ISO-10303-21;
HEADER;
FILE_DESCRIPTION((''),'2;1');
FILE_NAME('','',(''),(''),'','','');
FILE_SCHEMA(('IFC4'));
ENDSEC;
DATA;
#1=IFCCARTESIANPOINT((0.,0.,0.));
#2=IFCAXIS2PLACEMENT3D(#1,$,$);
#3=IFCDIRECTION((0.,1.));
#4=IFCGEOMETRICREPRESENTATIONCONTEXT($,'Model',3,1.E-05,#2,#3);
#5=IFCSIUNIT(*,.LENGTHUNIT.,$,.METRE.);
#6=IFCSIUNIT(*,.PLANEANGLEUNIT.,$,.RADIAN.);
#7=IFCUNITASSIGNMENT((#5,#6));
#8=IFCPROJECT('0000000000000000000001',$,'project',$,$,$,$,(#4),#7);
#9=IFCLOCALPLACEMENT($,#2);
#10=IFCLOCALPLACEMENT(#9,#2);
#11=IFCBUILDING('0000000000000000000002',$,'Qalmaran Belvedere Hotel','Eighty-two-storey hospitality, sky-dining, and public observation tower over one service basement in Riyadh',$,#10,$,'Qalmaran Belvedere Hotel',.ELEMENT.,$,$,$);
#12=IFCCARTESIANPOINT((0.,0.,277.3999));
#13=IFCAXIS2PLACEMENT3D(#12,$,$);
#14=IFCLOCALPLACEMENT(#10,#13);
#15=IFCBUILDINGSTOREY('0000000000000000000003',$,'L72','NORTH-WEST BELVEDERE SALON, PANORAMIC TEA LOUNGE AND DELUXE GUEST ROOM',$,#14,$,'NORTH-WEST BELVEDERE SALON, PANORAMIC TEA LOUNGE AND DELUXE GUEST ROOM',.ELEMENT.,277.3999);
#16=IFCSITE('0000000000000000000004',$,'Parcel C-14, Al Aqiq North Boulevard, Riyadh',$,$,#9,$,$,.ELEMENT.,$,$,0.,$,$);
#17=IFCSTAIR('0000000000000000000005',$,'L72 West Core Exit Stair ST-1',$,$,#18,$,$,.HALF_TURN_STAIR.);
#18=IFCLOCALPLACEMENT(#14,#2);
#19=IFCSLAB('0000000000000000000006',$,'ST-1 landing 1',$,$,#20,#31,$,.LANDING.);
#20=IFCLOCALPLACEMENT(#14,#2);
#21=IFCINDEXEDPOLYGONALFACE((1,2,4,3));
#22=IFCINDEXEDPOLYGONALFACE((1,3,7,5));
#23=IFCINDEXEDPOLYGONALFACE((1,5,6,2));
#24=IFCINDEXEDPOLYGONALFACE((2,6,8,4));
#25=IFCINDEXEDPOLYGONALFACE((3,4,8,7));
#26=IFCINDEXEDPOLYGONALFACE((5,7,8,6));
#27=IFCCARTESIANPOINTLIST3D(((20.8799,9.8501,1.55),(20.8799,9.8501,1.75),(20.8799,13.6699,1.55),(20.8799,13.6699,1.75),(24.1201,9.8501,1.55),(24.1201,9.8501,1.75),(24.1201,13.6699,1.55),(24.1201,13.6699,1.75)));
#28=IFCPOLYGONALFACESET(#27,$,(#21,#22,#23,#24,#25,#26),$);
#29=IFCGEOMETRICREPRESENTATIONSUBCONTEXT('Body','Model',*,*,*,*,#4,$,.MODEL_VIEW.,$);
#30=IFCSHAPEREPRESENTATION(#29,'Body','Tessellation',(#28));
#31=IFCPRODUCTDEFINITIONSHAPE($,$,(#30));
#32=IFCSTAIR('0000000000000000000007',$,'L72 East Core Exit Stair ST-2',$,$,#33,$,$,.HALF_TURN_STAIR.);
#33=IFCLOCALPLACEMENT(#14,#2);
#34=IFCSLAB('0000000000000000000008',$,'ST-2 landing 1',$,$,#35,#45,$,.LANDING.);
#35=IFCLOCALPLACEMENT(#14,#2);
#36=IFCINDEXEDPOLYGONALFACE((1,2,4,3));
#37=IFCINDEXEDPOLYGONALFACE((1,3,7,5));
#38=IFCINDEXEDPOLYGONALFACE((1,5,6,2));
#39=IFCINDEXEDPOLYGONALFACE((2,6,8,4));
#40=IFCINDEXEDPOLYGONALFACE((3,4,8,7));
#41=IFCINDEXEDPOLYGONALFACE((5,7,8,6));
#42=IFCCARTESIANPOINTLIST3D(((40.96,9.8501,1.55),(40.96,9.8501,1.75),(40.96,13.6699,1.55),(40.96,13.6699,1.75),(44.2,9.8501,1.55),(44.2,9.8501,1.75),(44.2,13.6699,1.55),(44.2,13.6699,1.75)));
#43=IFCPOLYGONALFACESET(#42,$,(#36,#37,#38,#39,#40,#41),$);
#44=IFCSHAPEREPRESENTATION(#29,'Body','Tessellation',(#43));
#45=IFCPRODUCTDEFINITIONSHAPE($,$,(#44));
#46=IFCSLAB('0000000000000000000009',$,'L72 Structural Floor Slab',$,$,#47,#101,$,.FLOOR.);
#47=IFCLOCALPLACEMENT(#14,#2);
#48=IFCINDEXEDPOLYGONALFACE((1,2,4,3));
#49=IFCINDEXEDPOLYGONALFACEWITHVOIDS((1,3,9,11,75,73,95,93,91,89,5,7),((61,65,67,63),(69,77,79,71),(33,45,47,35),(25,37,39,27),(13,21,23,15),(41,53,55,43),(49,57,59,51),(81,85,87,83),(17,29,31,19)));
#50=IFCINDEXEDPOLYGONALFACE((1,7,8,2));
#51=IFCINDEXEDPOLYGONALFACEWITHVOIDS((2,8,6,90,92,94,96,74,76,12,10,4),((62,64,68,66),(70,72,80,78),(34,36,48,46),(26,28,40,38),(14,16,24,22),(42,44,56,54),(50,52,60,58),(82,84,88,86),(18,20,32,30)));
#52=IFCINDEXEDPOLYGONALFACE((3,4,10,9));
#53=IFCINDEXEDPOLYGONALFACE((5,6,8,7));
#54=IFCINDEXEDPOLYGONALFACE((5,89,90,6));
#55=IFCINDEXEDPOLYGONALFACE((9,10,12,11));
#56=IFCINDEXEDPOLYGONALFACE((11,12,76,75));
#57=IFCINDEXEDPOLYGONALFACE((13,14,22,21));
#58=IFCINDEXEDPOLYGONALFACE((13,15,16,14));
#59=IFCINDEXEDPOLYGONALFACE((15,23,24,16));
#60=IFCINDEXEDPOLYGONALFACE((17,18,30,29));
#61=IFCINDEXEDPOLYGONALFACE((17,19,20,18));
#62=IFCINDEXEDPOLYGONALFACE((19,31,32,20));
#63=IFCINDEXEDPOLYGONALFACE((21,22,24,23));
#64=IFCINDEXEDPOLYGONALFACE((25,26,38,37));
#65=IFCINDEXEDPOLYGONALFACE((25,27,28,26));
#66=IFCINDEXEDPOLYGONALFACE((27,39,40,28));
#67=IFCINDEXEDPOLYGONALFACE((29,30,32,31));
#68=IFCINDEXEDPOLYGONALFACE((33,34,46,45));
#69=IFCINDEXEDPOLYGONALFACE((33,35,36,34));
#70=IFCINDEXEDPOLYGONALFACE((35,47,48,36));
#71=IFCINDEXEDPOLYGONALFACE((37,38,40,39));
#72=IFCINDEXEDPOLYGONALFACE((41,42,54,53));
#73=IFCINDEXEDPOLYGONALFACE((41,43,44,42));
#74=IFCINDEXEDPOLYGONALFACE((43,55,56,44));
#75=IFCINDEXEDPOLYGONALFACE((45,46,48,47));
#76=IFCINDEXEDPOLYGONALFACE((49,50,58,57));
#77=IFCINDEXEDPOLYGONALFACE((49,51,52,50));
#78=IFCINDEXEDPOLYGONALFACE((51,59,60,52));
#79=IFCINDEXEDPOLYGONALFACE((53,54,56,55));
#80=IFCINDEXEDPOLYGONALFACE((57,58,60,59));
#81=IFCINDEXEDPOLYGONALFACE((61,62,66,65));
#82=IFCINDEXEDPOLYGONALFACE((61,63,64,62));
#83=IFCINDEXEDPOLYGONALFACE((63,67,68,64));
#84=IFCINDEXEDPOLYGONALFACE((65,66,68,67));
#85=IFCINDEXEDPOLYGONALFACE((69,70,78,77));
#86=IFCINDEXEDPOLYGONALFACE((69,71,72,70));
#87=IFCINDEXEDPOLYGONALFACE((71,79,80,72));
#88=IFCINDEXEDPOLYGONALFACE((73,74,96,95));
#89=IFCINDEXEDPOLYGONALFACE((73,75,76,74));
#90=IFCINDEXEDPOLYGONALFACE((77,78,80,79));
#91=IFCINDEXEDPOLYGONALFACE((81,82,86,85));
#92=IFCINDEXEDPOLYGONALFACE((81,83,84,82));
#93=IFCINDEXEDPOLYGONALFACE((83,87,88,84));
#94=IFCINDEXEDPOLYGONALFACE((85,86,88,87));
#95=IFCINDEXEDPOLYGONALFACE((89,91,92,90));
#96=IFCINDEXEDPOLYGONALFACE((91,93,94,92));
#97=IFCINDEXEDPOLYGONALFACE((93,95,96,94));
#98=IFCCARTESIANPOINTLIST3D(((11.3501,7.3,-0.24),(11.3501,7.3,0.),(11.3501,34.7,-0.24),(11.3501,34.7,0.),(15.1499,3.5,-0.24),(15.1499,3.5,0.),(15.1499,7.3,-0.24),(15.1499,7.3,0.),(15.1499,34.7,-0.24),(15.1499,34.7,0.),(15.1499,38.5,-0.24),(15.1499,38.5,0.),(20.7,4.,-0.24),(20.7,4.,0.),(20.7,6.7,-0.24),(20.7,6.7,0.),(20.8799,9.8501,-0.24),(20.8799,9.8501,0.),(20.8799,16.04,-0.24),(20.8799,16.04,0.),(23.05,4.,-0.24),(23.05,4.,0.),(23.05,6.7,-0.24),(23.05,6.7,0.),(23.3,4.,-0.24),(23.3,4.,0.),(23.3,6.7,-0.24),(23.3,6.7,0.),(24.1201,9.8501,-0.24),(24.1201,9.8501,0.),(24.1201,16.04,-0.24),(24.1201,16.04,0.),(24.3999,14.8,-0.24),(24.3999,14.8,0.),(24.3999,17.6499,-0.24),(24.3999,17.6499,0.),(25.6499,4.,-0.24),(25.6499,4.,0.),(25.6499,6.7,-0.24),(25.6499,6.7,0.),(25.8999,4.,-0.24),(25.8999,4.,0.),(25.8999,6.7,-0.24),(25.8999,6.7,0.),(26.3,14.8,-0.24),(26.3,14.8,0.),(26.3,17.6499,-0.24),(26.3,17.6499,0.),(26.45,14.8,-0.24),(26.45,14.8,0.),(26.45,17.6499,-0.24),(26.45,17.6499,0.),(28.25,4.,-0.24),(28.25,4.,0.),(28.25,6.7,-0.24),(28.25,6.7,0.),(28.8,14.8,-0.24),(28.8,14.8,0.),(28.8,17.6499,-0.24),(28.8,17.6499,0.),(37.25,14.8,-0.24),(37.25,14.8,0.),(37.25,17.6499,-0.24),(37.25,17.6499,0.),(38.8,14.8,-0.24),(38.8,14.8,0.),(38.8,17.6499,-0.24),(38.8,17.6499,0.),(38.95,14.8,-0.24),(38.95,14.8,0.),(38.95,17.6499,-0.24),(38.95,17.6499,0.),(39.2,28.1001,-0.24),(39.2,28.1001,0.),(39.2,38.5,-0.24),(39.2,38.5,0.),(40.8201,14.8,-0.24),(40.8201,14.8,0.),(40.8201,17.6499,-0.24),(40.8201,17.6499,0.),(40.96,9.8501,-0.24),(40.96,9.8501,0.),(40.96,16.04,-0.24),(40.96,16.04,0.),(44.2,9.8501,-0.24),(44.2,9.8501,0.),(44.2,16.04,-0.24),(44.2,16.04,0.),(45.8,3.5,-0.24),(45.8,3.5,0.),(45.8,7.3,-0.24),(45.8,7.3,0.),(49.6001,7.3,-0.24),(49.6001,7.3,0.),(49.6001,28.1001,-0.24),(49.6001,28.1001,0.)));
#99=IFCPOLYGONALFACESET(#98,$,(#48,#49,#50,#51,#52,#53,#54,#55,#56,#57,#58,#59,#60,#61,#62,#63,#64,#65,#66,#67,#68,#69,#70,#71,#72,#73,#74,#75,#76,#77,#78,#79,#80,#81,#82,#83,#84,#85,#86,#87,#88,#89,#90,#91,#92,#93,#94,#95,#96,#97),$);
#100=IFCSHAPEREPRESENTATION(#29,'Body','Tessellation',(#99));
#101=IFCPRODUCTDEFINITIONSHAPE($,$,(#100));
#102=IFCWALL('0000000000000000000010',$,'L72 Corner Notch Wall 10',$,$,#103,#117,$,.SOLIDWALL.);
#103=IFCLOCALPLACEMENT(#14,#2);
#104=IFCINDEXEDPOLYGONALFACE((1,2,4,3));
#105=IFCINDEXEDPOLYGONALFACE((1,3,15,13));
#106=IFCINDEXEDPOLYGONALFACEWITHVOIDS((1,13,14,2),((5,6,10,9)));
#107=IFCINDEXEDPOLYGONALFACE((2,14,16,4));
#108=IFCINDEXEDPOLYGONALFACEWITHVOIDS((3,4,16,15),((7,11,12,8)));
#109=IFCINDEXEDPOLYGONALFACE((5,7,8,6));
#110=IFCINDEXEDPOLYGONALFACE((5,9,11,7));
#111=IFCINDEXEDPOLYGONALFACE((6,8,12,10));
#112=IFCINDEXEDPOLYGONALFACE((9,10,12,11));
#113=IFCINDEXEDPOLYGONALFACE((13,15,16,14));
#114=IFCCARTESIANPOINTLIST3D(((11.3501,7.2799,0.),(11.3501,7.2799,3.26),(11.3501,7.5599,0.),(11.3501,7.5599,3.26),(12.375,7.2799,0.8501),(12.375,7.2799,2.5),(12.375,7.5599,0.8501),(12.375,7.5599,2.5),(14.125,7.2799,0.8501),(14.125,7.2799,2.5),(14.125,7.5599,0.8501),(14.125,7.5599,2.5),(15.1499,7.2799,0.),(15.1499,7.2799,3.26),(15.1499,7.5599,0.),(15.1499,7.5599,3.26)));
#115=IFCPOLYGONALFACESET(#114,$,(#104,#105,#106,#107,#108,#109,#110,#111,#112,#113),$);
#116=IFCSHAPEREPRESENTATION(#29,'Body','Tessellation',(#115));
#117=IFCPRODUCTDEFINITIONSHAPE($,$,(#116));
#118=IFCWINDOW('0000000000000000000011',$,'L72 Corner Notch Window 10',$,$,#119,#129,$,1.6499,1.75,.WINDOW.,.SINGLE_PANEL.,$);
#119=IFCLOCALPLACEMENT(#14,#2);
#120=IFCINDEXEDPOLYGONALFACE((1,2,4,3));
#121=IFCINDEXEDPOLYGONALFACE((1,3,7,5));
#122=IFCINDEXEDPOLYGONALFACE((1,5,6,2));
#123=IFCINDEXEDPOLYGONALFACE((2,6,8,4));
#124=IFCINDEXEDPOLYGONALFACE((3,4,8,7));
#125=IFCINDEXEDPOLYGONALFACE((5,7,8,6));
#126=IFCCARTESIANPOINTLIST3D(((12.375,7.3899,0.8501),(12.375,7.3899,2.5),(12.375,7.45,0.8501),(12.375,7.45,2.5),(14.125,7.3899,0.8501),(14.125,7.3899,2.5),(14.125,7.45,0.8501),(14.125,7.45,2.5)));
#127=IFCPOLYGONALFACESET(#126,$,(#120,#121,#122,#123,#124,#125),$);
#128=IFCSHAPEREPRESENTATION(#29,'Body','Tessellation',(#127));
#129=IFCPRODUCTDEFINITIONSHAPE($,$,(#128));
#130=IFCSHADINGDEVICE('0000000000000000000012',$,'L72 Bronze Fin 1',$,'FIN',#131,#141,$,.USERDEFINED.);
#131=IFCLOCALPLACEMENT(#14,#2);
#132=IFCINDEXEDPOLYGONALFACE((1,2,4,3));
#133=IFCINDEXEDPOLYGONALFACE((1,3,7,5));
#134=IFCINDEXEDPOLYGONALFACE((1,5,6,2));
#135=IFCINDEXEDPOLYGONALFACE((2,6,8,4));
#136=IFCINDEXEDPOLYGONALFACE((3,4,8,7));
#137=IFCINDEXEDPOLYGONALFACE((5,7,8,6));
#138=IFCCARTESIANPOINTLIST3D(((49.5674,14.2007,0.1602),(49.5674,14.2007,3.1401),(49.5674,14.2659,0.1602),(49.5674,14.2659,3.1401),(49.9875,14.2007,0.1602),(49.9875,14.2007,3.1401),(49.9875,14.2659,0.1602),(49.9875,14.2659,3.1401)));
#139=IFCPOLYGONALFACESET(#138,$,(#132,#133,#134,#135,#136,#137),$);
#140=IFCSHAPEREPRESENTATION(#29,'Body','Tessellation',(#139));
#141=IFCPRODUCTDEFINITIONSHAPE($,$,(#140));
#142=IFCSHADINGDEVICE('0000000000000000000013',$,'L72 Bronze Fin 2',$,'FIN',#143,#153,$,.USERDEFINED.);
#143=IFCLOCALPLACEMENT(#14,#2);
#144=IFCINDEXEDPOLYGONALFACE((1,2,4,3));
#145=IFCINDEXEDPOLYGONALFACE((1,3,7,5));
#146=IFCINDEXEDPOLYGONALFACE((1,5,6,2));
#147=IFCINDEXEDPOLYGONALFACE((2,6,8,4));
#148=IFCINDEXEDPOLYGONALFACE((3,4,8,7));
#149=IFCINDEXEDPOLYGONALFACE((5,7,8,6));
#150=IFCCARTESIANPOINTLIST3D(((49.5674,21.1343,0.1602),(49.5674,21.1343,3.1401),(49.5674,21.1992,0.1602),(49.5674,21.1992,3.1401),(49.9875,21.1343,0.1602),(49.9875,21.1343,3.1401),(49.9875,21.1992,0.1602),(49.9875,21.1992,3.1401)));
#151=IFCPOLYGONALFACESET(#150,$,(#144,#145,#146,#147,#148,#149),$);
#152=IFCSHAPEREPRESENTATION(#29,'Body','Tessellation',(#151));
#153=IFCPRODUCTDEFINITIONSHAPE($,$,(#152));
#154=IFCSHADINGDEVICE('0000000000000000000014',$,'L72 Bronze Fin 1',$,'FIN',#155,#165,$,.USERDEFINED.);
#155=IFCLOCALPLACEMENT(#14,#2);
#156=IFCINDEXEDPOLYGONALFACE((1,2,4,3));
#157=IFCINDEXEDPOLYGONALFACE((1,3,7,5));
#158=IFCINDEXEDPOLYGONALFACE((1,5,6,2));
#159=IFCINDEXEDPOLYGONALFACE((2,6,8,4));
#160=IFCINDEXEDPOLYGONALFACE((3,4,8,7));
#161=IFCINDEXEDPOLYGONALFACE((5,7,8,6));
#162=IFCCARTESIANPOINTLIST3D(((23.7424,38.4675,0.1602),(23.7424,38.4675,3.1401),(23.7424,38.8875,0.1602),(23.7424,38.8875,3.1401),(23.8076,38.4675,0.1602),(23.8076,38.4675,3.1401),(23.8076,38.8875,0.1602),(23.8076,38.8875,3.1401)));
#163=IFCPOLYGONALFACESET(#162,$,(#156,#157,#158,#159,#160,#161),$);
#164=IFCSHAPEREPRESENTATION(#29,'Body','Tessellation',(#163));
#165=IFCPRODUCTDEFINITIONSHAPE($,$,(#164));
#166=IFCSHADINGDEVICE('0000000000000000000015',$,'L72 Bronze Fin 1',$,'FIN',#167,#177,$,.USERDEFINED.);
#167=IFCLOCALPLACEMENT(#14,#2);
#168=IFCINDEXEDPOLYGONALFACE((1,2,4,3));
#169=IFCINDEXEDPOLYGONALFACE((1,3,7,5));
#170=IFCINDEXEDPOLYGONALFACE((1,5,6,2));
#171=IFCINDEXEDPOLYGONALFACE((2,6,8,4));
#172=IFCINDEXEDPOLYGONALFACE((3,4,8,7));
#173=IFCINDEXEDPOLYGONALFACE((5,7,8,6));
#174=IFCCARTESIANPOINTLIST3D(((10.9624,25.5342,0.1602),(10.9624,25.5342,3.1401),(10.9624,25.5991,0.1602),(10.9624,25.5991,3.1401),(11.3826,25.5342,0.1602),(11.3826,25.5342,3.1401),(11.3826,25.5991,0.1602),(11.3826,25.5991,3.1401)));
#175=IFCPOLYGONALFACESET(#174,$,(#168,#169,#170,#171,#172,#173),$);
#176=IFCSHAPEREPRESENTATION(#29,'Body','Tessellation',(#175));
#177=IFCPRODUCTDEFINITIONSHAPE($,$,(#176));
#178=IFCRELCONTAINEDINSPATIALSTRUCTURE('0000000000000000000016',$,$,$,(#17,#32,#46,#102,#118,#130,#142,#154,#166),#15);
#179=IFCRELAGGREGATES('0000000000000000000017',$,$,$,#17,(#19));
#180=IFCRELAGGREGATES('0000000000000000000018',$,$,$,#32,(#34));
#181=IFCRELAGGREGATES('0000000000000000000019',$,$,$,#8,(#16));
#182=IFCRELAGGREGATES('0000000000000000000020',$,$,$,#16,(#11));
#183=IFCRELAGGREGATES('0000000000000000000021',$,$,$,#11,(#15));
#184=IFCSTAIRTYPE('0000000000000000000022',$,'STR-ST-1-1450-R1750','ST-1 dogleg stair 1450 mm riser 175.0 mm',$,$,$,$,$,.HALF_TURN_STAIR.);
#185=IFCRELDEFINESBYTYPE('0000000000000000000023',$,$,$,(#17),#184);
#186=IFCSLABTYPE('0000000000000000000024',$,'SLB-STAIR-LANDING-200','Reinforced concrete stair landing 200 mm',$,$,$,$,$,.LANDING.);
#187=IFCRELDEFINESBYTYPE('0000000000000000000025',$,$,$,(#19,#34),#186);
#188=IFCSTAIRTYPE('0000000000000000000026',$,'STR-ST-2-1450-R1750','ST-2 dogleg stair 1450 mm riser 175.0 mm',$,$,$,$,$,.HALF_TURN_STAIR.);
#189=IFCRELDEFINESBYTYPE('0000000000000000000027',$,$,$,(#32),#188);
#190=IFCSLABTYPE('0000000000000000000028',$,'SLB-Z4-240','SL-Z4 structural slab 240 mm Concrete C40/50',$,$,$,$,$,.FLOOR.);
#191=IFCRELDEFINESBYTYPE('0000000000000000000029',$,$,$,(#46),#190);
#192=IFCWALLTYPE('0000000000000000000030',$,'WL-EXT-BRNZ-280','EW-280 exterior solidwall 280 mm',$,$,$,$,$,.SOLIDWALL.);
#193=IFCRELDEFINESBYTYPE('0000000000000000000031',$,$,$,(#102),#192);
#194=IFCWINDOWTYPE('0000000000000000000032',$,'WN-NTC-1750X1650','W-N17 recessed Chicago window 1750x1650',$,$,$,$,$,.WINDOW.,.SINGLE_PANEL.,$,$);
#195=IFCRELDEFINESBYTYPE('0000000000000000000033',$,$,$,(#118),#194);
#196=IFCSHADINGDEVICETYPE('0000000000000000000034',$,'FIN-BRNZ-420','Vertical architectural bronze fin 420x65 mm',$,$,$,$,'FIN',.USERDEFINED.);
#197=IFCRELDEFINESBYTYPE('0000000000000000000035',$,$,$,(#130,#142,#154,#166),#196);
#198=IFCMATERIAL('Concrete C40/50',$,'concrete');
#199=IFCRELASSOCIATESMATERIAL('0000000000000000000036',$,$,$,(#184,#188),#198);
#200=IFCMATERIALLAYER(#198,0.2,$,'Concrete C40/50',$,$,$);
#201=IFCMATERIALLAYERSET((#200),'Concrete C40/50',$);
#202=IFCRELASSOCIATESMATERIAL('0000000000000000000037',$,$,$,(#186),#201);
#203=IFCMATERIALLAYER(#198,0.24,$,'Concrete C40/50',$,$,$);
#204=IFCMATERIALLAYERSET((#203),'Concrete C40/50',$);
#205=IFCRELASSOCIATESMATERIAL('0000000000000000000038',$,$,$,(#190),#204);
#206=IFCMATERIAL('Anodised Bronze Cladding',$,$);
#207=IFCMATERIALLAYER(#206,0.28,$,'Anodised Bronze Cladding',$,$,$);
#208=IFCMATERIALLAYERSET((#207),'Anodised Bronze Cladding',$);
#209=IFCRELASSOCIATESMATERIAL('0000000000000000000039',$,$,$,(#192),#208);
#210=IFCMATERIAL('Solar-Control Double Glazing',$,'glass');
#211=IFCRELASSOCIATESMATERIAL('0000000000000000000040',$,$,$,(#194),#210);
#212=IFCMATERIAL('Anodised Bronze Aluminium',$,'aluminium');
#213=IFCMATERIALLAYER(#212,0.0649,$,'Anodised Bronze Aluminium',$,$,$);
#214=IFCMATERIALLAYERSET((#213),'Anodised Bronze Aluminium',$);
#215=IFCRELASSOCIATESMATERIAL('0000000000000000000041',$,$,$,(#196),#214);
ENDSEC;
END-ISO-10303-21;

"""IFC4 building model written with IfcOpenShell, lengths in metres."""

from ifc_helpers import new_model, si_unit, direction, frame, frame_2d, origin, place, context, subcontext, project, spatial, polyline, rectangle, outline, extrude, material, layer, layer_set, type_object, element, fill, aggregate, save


model = new_model("IFC4")

# Units and contexts
model_context = context("Model", 3, precision=1e-05, world=origin(), true_north=direction((0.0, 1.0)))
body_context = subcontext(model_context, "Body", "Model", "MODEL_VIEW")
ifc_project = project(units=[si_unit("LENGTHUNIT", "METRE"), si_unit("PLANEANGLEUNIT", "RADIAN")], contexts=[model_context])

# Site, building, storey
site_placement = place(None, origin())
site = spatial("IfcSite", under=ifc_project, at=site_placement, Name="Parcel C-14, Al Aqiq North Boulevard, Riyadh", CompositionType="ELEMENT", RefElevation=0.0)
building_placement = place(site_placement, origin())
building = spatial("IfcBuilding", under=site, at=building_placement, Name="Qalmaran Belvedere Hotel", Description="Eighty-two-storey hospitality, sky-dining, and public observation tower over one service basement in Riyadh", LongName="Qalmaran Belvedere Hotel", CompositionType="ELEMENT")
storey_placement = place(building_placement, frame((0.0, 0.0, 277.3999)))
storey = spatial("IfcBuildingStorey", under=building, at=storey_placement, Name="L72", Description="NORTH-WEST BELVEDERE SALON, PANORAMIC TEA LOUNGE AND DELUXE GUEST ROOM", LongName="NORTH-WEST BELVEDERE SALON, PANORAMIC TEA LOUNGE AND DELUXE GUEST ROOM", CompositionType="ELEMENT", Elevation=277.3999)

# Shared definitions
ifc_material_1 = material(Name="Anodised Bronze Aluminium", Category="aluminium")

# Shared definitions
ifc_material_2 = material(Name="Solar-Control Double Glazing", Category="glass")

# Shared definitions
ifc_material_3 = material(Name="Concrete C40/50", Category="concrete")

# Stairs, slabs
stair_type_1 = type_object("IfcStairType", Name="STR-ST-1-1450-R1750", Description="ST-1 dogleg stair 1450 mm riser 175.0 mm", PredefinedType="HALF_TURN_STAIR", material=ifc_material_3)
stair_1_placement = place(storey_placement, origin())
stair_1 = element("IfcStair", 1, at=stair_1_placement, inside=storey, type_object=stair_type_1, Name="L72 West Core Exit Stair ST-1", PredefinedType="HALF_TURN_STAIR")
ifc_layer_1 = layer(ifc_material_3, 0.2, Name="Concrete C40/50")
ifc_layer_set_1 = layer_set([ifc_layer_1], Name="Concrete C40/50")
slab_type_1 = type_object("IfcSlabType", Name="SLB-STAIR-LANDING-200", Description="Reinforced concrete stair landing 200 mm", PredefinedType="LANDING", material=ifc_layer_set_1)
slab_1_placement = place(storey_placement, frame((0.0, 0.0, 1.55)))
slab_1 = element("IfcSlab", 2, at=slab_1_placement, type_object=slab_type_1, Name="ST-1 landing 1", PredefinedType="LANDING", context=body_context, shape_type="SweptSolid", body=[
    extrude(outline(polyline([(20.8799, 13.6699), (20.8799, 9.8501), (24.1201, 9.8501), (24.1201, 13.6699), (20.8799, 13.6699)])), origin(), (0.0, 0.0, 1.0), 0.2),
])
aggregate(stair_1, [slab_1])
stair_type_2 = type_object("IfcStairType", Name="STR-ST-2-1450-R1750", Description="ST-2 dogleg stair 1450 mm riser 175.0 mm", PredefinedType="HALF_TURN_STAIR", material=ifc_material_3)
stair_2_placement = place(storey_placement, origin())
stair_2 = element("IfcStair", 3, at=stair_2_placement, inside=storey, type_object=stair_type_2, Name="L72 East Core Exit Stair ST-2", PredefinedType="HALF_TURN_STAIR")
slab_2_placement = place(storey_placement, frame((0.0, 0.0, 1.55)))
slab_2 = element("IfcSlab", 4, at=slab_2_placement, type_object=slab_type_1, Name="ST-2 landing 1", PredefinedType="LANDING", context=body_context, shape_type="SweptSolid", body=[
    extrude(outline(polyline([(40.96, 13.6699), (40.96, 9.8501), (44.2, 9.8501), (44.2, 13.6699), (40.96, 13.6699)])), origin(), (0.0, 0.0, 1.0), 0.2),
])
aggregate(stair_2, [slab_2])

# Slab
ifc_layer_2 = layer(ifc_material_3, 0.24, Name="Concrete C40/50")
ifc_layer_set_2 = layer_set([ifc_layer_2], Name="Concrete C40/50")
slab_type_2 = type_object("IfcSlabType", Name="SLB-Z4-240", Description="SL-Z4 structural slab 240 mm Concrete C40/50", PredefinedType="FLOOR", material=ifc_layer_set_2)
slab_3_placement = place(storey_placement, frame((0.0, 0.0, -0.24)))
element("IfcSlab", 5, at=slab_3_placement, inside=storey, type_object=slab_type_2, Name="L72 Structural Floor Slab", PredefinedType="FLOOR", context=body_context, shape_type="SweptSolid", body=[
    extrude(outline(polyline([(15.1499, 3.5), (45.8, 3.5), (45.8, 7.3), (49.6001, 7.3), (49.6001, 28.1001), (39.2, 28.1001), (39.2, 38.5), (15.1499, 38.5), (15.1499, 34.7), (11.3501, 34.7), (11.3501, 7.3), (15.1499, 7.3), (15.1499, 3.5)]), holes=[polyline([(20.8799, 9.8501), (24.1201, 9.8501), (24.1201, 16.04), (20.8799, 16.04), (20.8799, 9.8501)]), polyline([(40.96, 9.8501), (44.2, 9.8501), (44.2, 16.04), (40.96, 16.04), (40.96, 9.8501)]), polyline([(20.7, 4.0), (23.05, 4.0), (23.05, 6.7), (20.7, 6.7), (20.7, 4.0)]), polyline([(23.3, 4.0), (25.6499, 4.0), (25.6499, 6.7), (23.3, 6.7), (23.3, 4.0)]), polyline([(25.8999, 4.0), (28.25, 4.0), (28.25, 6.7), (25.8999, 6.7), (25.8999, 4.0)]), polyline([(24.3999, 14.8), (26.3, 14.8), (26.3, 17.6499), (24.3999, 17.6499), (24.3999, 14.8)]), polyline([(38.95, 14.8), (40.8201, 14.8), (40.8201, 17.6499), (38.95, 17.6499), (38.95, 14.8)]), polyline([(26.45, 14.8), (28.8, 14.8), (28.8, 17.6499), (26.45, 17.6499), (26.45, 14.8)]), polyline([(37.25, 14.8), (38.8, 14.8), (38.8, 17.6499), (37.25, 17.6499), (37.25, 14.8)])]), origin(), (0.0, 0.0, 1.0), 0.24),
])

# Wall, opening, window
ifc_material_4 = material(Name="Anodised Bronze Cladding")
ifc_layer_3 = layer(ifc_material_4, 0.28, Name="Anodised Bronze Cladding")
ifc_layer_set_3 = layer_set([ifc_layer_3], Name="Anodised Bronze Cladding")
wall_type = type_object("IfcWallType", Name="WL-EXT-BRNZ-280", Description="EW-280 exterior solidwall 280 mm", PredefinedType="SOLIDWALL", material=ifc_layer_set_3)
wall_placement = place(storey_placement, frame((11.3501, 7.4199, 0.0), z_axis=(0.0, 0.0, 1.0), x_axis=(1.0, 0.0, 0.0)))
wall = element("IfcWall", 6, at=wall_placement, inside=storey, type_object=wall_type, Name="L72 Corner Notch Wall 10", PredefinedType="SOLIDWALL", context=body_context, shape_type="SweptSolid", body=[
    extrude(rectangle(XDim=3.7998, YDim=0.28, at=frame_2d((1.8999, 0.0))), origin(), (0.0, 0.0, 1.0), 3.26),
])
opening_placement = place(wall_placement, frame((1.0249, 0.0, 0.8501)))
opening = element("IfcOpeningElement", 7, at=opening_placement, cuts=wall, PredefinedType="OPENING", context=body_context, shape_type="SweptSolid", body=[
    extrude(rectangle(XDim=1.75, YDim=1.6499, at=frame_2d((0.875, 0.825))), frame((0.0, 0.1499, 0.0), z_axis=(0.0, -1.0, 0.0), x_axis=(1.0, 0.0, 0.0)), (0.0, 0.0, 1.0), 0.3),
])
window_type = type_object("IfcWindowType", Name="WN-NTC-1750X1650", Description="W-N17 recessed Chicago window 1750x1650", PartitioningType="SINGLE_PANEL", PredefinedType="WINDOW", material=ifc_material_2)
window_placement = place(opening_placement, origin())
window = element("IfcWindow", 8, at=window_placement, inside=storey, type_object=window_type, Name="L72 Corner Notch Window 10", OverallHeight=1.6499, OverallWidth=1.75, PartitioningType="SINGLE_PANEL", PredefinedType="WINDOW", context=body_context, shape_type="SweptSolid", body=[
    extrude(rectangle(XDim=1.75, YDim=1.6499, at=frame_2d((0.875, 0.825))), frame((0.0, 0.03, 0.0), z_axis=(0.0, -1.0, 0.0), x_axis=(1.0, 0.0, 0.0)), (0.0, 0.0, 1.0), 0.0601),
])
fill(opening, window)

# Shading devices
ifc_layer_4 = layer(ifc_material_1, 0.0649, Name="Anodised Bronze Aluminium")
ifc_layer_set_4 = layer_set([ifc_layer_4], Name="Anodised Bronze Aluminium")
shading_device_type = type_object("IfcShadingDeviceType", Name="FIN-BRNZ-420", Description="Vertical architectural bronze fin 420x65 mm", ElementType="FIN", PredefinedType="USERDEFINED", material=ifc_layer_set_4)
shading_device_1_placement = place(storey_placement, frame((0.0, 0.0, 0.1602)))
element("IfcShadingDevice", 9, at=shading_device_1_placement, inside=storey, type_object=shading_device_type, Name="L72 Bronze Fin 1", ObjectType="FIN", PredefinedType="USERDEFINED", context=body_context, shape_type="SweptSolid", body=[
    extrude(outline(polyline([(49.5674, 14.2007), (49.9875, 14.2007), (49.9875, 14.2659), (49.5674, 14.2659), (49.5674, 14.2007)])), origin(), (0.0, 0.0, 1.0), 2.98),
])
shading_device_2_placement = place(storey_placement, frame((0.0, 0.0, 0.1602)))
element("IfcShadingDevice", 10, at=shading_device_2_placement, inside=storey, type_object=shading_device_type, Name="L72 Bronze Fin 2", ObjectType="FIN", PredefinedType="USERDEFINED", context=body_context, shape_type="SweptSolid", body=[
    extrude(outline(polyline([(49.5674, 21.1343), (49.9875, 21.1343), (49.9875, 21.1992), (49.5674, 21.1992), (49.5674, 21.1343)])), origin(), (0.0, 0.0, 1.0), 2.98),
])
shading_device_3_placement = place(storey_placement, frame((0.0, 0.0, 0.1602)))
element("IfcShadingDevice", 11, at=shading_device_3_placement, inside=storey, type_object=shading_device_type, Name="L72 Bronze Fin 1", ObjectType="FIN", PredefinedType="USERDEFINED", context=body_context, shape_type="SweptSolid", body=[
    extrude(outline(polyline([(23.8076, 38.4675), (23.8076, 38.8875), (23.7424, 38.8875), (23.7424, 38.4675), (23.8076, 38.4675)])), origin(), (0.0, 0.0, 1.0), 2.98),
])
shading_device_4_placement = place(storey_placement, frame((0.0, 0.0, 0.1602)))
element("IfcShadingDevice", 12, at=shading_device_4_placement, inside=storey, type_object=shading_device_type, Name="L72 Bronze Fin 1", ObjectType="FIN", PredefinedType="USERDEFINED", context=body_context, shape_type="SweptSolid", body=[
    extrude(outline(polyline([(11.3826, 25.5991), (10.9624, 25.5991), (10.9624, 25.5342), (11.3826, 25.5342), (11.3826, 25.5991)])), origin(), (0.0, 0.0, 1.0), 2.98),
])

save(model, "model.ifc")
